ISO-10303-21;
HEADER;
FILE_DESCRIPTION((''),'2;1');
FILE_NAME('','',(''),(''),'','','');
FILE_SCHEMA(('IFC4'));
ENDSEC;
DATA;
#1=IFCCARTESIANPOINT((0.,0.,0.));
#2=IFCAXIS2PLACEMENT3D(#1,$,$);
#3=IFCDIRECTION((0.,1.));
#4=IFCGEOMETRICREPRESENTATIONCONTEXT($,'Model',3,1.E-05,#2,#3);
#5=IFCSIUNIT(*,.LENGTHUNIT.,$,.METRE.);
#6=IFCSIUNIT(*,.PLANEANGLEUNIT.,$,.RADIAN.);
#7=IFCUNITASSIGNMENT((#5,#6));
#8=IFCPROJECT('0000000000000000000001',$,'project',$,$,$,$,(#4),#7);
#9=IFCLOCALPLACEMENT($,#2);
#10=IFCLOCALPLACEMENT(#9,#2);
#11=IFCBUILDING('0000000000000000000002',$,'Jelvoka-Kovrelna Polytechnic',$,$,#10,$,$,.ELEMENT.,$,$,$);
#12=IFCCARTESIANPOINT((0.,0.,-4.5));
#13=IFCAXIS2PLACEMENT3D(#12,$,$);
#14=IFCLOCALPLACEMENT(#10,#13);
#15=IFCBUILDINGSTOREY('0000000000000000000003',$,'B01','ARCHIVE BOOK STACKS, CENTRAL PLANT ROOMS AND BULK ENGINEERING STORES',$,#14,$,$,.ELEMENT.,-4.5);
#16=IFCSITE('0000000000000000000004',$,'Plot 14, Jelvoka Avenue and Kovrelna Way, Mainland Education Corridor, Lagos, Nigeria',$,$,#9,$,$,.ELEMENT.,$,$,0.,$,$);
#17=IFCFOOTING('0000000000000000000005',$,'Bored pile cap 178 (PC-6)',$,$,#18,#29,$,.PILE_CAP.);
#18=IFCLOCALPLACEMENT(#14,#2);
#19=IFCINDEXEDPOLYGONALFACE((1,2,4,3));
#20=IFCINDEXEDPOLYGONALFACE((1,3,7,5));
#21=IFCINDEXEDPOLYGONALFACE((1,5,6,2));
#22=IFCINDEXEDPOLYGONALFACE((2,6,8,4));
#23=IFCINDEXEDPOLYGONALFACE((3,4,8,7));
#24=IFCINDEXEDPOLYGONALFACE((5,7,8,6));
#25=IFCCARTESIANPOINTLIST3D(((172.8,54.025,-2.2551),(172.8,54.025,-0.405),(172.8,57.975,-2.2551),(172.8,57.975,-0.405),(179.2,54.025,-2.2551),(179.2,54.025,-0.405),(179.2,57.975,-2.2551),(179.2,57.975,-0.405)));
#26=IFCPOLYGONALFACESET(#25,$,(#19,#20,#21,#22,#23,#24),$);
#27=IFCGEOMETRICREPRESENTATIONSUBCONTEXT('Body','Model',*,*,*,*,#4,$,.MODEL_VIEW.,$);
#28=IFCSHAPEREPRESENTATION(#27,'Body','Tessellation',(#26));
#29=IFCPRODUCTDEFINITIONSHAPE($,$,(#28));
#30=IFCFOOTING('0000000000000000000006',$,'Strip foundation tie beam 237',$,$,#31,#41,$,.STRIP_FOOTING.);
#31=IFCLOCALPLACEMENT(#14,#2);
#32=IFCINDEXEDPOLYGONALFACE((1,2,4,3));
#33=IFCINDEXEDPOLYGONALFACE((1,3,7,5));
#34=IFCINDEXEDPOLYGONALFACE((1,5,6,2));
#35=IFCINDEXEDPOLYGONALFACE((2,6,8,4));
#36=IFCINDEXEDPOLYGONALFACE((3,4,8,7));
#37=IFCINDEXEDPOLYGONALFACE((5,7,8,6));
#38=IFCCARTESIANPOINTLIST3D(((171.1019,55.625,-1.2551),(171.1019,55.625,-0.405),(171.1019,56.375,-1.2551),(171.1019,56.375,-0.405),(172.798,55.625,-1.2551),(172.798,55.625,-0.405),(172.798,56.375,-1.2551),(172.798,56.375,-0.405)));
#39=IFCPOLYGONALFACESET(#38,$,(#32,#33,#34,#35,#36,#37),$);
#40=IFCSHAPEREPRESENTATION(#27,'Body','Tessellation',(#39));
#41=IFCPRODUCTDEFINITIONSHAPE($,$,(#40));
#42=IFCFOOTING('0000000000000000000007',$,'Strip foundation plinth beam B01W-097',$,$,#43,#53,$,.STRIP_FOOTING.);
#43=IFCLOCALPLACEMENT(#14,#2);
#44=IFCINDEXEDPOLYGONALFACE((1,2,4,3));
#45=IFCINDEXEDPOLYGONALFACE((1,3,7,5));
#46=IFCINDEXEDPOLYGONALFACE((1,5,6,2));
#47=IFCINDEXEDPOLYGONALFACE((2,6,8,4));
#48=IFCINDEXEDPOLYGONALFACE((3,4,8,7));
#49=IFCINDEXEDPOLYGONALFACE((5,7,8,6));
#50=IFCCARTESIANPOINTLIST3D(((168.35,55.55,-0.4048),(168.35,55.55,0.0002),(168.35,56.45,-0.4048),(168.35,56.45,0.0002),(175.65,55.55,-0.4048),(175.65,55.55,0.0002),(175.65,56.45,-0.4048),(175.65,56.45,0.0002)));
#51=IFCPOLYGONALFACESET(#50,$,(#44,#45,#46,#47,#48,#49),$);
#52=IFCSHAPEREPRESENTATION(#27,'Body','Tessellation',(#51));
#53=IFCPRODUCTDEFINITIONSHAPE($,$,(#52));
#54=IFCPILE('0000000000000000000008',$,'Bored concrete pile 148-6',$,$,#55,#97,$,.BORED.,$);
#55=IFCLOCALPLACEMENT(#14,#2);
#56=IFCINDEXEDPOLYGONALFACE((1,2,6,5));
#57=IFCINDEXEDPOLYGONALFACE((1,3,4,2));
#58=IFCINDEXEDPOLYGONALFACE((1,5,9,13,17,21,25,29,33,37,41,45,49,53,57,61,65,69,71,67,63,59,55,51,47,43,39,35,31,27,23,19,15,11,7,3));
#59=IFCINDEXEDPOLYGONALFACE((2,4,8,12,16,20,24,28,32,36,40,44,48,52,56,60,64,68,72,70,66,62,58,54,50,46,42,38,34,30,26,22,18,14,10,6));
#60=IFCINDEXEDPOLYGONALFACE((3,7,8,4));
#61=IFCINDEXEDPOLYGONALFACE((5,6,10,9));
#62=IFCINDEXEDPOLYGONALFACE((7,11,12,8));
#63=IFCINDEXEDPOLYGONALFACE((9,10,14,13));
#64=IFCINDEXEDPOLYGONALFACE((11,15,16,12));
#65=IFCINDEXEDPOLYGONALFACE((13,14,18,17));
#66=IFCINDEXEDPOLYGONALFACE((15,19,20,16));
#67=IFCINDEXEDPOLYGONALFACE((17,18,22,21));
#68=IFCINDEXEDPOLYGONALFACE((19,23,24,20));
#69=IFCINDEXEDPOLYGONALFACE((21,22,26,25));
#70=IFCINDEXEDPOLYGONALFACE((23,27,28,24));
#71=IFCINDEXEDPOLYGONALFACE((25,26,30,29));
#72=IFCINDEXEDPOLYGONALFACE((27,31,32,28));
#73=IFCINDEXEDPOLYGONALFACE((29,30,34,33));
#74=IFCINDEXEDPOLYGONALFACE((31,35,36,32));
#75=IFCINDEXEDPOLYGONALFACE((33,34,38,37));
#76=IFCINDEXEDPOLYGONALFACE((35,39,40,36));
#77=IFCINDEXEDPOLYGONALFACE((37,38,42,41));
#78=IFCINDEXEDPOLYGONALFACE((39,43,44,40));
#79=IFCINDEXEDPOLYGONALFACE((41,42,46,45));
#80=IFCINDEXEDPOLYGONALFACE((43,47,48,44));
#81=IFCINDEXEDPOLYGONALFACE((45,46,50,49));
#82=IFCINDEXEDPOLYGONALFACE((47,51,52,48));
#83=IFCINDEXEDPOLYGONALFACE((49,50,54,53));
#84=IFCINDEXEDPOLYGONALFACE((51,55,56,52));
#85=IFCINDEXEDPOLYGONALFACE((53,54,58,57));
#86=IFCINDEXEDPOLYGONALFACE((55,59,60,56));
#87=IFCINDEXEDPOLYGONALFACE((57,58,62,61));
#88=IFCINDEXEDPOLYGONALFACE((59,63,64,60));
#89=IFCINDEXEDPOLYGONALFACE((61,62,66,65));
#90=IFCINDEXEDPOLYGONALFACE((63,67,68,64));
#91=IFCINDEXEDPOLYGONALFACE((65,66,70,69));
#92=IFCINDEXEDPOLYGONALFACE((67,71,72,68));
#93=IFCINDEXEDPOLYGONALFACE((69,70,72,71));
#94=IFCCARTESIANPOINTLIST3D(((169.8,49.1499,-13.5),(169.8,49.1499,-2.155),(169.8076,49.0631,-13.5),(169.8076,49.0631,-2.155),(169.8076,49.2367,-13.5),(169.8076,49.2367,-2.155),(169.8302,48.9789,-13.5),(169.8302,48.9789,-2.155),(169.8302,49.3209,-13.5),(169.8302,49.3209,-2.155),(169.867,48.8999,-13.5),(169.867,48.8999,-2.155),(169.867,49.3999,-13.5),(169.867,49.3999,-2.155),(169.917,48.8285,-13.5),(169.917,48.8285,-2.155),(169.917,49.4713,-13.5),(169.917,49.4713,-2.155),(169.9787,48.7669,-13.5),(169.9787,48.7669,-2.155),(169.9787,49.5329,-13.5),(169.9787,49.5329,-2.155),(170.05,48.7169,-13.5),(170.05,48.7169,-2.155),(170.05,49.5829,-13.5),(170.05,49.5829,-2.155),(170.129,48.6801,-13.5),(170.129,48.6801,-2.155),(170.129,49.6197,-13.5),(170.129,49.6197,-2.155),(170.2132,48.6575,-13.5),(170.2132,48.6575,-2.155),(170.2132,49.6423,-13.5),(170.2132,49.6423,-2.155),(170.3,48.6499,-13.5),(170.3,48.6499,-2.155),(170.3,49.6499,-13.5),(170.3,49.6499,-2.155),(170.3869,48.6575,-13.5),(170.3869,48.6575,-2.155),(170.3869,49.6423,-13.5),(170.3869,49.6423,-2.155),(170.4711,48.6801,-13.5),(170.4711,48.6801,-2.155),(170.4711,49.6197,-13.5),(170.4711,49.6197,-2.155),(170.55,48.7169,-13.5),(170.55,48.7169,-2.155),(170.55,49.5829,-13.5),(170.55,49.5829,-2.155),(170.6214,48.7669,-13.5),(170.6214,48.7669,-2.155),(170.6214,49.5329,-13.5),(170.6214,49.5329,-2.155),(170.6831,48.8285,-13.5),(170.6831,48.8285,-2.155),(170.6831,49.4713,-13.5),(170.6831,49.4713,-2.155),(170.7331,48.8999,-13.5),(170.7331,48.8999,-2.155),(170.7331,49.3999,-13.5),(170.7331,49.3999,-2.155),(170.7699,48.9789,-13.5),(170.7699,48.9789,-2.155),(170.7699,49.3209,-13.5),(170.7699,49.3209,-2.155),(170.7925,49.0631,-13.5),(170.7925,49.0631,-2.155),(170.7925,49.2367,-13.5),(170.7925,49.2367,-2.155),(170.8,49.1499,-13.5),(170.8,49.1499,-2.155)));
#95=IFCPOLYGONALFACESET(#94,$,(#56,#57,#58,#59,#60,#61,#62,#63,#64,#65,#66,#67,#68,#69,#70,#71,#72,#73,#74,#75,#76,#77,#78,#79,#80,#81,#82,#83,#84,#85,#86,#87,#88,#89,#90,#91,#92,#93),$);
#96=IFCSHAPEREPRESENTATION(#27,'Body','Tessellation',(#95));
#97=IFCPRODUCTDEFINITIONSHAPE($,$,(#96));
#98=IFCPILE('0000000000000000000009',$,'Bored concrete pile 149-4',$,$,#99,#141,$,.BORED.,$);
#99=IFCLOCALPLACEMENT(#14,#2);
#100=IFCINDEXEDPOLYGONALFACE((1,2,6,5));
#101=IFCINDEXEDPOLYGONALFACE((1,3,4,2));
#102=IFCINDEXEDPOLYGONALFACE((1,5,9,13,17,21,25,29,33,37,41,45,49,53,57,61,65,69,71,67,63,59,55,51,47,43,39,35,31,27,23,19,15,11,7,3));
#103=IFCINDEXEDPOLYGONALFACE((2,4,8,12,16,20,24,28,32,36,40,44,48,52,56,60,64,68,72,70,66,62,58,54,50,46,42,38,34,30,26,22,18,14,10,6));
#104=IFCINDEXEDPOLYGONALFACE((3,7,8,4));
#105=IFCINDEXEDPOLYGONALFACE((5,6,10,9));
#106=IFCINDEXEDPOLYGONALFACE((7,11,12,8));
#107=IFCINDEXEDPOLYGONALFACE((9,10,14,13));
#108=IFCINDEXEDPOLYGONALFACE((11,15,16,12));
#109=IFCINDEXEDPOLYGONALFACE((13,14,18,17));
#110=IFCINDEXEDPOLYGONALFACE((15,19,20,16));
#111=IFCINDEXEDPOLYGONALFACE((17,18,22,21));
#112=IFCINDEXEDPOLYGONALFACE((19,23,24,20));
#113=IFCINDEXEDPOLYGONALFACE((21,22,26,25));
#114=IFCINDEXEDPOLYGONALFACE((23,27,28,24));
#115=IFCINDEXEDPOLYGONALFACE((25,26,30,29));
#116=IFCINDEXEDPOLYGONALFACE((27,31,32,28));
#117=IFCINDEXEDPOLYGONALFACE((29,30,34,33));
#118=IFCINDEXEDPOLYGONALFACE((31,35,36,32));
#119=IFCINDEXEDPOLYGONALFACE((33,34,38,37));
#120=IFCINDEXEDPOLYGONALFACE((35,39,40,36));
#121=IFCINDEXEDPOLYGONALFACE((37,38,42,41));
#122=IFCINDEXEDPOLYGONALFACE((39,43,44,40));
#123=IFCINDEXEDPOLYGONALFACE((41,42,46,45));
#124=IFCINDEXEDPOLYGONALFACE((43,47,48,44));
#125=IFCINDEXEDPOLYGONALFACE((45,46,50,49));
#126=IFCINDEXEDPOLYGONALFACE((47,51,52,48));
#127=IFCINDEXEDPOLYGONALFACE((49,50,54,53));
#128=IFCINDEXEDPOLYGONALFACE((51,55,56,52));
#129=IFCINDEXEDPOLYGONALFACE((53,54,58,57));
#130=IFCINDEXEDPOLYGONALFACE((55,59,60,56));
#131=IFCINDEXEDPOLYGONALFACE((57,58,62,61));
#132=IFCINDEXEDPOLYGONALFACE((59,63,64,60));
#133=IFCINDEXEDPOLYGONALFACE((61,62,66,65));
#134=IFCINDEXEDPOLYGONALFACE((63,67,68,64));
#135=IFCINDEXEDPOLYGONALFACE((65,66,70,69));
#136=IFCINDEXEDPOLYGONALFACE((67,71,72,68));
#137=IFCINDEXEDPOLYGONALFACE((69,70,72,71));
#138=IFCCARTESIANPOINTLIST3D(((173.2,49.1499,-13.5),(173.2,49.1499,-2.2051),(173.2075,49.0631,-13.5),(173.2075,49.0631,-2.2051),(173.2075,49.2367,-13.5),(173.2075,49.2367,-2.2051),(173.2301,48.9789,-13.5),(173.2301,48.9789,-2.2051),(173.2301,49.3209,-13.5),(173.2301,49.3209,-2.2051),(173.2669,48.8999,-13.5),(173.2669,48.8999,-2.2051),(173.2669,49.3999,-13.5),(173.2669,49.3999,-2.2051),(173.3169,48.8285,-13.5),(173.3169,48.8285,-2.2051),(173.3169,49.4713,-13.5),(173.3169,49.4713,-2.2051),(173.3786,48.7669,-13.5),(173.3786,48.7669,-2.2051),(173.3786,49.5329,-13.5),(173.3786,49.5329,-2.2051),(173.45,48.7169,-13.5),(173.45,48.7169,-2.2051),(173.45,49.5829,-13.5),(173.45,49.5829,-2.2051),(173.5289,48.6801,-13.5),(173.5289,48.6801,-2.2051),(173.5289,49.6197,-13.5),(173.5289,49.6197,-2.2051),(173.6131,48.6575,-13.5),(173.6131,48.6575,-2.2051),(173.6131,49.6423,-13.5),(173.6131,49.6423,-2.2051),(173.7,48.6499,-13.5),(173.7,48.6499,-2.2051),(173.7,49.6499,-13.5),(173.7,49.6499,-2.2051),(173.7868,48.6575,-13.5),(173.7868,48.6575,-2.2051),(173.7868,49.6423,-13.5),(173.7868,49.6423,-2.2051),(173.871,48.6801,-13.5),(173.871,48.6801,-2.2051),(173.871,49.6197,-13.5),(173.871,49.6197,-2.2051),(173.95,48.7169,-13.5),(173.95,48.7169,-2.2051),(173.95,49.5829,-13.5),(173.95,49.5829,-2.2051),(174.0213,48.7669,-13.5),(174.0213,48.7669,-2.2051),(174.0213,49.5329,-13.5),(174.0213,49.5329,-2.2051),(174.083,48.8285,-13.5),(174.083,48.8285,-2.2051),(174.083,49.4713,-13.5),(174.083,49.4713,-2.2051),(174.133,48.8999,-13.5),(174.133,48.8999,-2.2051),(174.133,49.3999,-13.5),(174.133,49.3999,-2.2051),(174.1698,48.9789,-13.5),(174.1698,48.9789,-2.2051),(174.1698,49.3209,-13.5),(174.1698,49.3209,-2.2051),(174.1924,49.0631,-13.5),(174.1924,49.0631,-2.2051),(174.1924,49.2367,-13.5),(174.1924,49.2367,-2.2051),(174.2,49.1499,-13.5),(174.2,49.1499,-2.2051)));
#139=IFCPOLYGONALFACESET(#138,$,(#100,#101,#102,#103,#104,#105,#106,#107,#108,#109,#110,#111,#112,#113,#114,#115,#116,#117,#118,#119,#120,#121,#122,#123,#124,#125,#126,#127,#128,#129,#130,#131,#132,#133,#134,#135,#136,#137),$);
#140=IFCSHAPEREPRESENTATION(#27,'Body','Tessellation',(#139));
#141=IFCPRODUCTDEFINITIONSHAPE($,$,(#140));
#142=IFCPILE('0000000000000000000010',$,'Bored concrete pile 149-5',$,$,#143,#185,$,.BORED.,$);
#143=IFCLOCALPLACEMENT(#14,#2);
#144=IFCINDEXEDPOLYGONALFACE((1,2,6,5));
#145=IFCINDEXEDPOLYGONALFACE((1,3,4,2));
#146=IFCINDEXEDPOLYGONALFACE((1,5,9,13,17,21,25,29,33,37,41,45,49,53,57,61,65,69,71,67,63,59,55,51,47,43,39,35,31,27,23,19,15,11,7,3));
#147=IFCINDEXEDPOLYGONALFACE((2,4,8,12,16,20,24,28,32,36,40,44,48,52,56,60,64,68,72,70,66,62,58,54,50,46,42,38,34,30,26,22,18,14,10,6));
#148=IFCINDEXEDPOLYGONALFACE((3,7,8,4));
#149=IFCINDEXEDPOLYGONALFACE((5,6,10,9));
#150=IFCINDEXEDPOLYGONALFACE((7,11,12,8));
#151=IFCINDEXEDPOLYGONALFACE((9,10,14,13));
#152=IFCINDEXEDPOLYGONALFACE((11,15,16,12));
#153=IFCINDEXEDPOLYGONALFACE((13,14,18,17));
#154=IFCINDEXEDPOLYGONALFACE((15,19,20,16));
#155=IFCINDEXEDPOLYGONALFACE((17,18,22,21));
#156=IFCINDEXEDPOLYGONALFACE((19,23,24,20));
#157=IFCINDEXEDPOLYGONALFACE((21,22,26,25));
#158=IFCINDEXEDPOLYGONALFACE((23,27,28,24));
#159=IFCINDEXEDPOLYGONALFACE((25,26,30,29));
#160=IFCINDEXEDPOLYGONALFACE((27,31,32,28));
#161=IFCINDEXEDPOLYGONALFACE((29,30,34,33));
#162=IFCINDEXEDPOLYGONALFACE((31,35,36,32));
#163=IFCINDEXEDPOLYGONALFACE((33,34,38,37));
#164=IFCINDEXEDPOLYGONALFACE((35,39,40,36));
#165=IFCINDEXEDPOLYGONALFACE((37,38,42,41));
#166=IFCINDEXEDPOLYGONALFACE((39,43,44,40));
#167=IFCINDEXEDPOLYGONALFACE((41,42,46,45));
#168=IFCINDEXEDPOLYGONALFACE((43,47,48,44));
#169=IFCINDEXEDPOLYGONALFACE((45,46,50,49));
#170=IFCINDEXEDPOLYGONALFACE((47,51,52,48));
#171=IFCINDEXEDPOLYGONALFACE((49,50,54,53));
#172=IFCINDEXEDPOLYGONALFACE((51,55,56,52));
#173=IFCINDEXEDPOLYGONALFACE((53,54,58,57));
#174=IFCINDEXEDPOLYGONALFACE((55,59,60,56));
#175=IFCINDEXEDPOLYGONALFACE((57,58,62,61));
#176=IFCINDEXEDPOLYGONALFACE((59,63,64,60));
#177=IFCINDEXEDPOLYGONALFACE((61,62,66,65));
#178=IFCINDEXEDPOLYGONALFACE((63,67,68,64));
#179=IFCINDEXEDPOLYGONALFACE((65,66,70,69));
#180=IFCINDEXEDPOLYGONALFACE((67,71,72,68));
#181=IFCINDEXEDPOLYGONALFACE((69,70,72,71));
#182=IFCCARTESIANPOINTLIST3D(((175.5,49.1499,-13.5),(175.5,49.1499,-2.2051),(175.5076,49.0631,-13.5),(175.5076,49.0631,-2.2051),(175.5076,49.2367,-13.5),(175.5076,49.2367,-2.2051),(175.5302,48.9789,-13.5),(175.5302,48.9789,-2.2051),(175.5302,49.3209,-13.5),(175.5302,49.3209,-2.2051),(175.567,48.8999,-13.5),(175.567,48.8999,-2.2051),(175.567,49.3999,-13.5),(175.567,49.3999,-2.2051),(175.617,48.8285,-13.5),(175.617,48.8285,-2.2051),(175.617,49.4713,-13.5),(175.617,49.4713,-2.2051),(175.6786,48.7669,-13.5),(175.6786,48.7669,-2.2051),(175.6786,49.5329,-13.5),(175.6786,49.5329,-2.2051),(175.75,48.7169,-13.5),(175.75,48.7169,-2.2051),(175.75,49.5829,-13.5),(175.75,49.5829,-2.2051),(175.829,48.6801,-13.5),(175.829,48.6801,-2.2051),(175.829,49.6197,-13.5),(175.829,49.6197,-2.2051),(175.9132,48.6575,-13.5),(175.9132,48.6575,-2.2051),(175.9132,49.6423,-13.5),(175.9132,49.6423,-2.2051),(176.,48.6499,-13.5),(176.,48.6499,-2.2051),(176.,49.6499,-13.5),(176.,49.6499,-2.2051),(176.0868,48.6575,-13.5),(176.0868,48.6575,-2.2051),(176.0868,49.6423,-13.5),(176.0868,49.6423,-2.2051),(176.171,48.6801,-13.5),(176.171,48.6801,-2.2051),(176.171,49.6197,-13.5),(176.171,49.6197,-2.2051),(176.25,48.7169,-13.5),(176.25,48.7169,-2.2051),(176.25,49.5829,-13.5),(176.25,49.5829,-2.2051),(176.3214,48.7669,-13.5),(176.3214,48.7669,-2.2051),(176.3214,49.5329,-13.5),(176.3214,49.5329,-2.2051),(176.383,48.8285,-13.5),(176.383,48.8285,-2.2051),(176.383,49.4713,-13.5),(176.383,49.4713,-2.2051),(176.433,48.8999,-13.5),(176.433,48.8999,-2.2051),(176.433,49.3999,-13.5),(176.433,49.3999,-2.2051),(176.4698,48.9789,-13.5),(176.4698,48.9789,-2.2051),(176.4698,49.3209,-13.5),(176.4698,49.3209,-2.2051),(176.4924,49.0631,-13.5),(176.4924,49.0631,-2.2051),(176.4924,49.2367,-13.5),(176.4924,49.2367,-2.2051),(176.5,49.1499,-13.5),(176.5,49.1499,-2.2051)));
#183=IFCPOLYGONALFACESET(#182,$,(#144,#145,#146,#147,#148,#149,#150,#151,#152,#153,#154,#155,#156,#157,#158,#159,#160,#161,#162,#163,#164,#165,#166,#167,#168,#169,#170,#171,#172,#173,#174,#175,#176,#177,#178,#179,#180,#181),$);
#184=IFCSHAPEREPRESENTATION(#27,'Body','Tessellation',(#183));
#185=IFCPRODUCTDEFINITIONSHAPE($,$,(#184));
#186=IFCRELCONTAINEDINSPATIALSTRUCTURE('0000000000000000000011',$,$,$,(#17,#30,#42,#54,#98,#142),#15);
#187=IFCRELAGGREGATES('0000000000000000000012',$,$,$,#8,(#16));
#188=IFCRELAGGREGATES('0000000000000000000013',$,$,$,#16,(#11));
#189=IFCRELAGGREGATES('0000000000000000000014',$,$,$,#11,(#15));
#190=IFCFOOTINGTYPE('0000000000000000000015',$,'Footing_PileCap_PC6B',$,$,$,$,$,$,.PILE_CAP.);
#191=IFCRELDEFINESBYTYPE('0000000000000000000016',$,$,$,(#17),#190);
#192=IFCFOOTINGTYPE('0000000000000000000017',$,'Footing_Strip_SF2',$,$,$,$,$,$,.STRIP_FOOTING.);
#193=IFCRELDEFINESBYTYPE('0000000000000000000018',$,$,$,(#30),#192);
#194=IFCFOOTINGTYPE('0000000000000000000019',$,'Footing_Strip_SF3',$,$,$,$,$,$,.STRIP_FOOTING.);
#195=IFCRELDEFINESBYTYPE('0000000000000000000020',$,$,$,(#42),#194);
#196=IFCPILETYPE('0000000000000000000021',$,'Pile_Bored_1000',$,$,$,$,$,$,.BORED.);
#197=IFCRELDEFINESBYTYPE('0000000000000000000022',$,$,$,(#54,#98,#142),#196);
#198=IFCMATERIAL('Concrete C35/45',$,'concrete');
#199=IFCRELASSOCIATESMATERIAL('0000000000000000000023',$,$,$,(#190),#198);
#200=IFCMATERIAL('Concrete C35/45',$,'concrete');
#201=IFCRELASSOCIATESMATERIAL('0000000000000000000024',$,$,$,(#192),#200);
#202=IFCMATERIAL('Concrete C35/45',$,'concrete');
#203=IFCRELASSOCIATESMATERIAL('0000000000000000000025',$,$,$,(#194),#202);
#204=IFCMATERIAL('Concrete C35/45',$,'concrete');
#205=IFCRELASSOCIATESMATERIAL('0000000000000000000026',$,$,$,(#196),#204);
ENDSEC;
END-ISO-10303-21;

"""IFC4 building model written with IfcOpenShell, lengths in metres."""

from ifc_helpers import new_model, si_unit, direction, frame, origin, origin_2d, place, context, subcontext, project, spatial, rectangle, circle, extrude, material, material_profile, profile_set, type_object, element, save


model = new_model("IFC4")

# Units and contexts
model_context = context("Model", 3, precision=1e-05, world=origin(), true_north=direction((0.0, 1.0)))
body_context = subcontext(model_context, "Body", "Model", "MODEL_VIEW")
ifc_project = project(units=[si_unit("LENGTHUNIT", "METRE"), si_unit("PLANEANGLEUNIT", "RADIAN")], contexts=[model_context])

# Site, building, storey
site_placement = place(None, origin())
site = spatial("IfcSite", under=ifc_project, at=site_placement, Name="Plot 14, Jelvoka Avenue and Kovrelna Way, Mainland Education Corridor, Lagos, Nigeria", CompositionType="ELEMENT", RefElevation=0.0)
building_placement = place(site_placement, origin())
building = spatial("IfcBuilding", under=site, at=building_placement, Name="Jelvoka-Kovrelna Polytechnic", CompositionType="ELEMENT")
storey_placement = place(building_placement, frame((0.0, 0.0, -4.5)))
storey = spatial("IfcBuildingStorey", under=building, at=storey_placement, Name="B01", Description="ARCHIVE BOOK STACKS, CENTRAL PLANT ROOMS AND BULK ENGINEERING STORES", CompositionType="ELEMENT", Elevation=-4.5)

# Footings
ifc_material_1 = material(Name="Concrete C35/45", Category="concrete")
footing_type_1 = type_object("IfcFootingType", Name="Footing_PileCap_PC6B", PredefinedType="PILE_CAP", material=ifc_material_1)
footing_1_placement = place(storey_placement, frame((176.0, 56.0, -2.2551), z_axis=(0.0, 0.0, 1.0), x_axis=(1.0, 0.0, 0.0)))
element("IfcFooting", 1, at=footing_1_placement, inside=storey, type_object=footing_type_1, Name="Bored pile cap 178 (PC-6)", PredefinedType="PILE_CAP", context=body_context, shape_type="SweptSolid", body=[
    extrude(rectangle(XDim=6.3999, YDim=3.95, at=origin_2d()), origin(), (0.0, 0.0, 1.0), 1.8501),
])
ifc_material_2 = material(Name="Concrete C35/45", Category="concrete")
footing_type_2 = type_object("IfcFootingType", Name="Footing_Strip_SF2", PredefinedType="STRIP_FOOTING", material=ifc_material_2)
footing_2_placement = place(storey_placement, frame((171.95, 56.0, -1.2551), z_axis=(0.0, 0.0, 1.0), x_axis=(1.0, 0.0, 0.0)))
element("IfcFooting", 2, at=footing_2_placement, inside=storey, type_object=footing_type_2, Name="Strip foundation tie beam 237", PredefinedType="STRIP_FOOTING", context=body_context, shape_type="SweptSolid", body=[
    extrude(rectangle(XDim=1.696, YDim=0.75, at=origin_2d()), origin(), (0.0, 0.0, 1.0), 0.8501),
])
ifc_material_3 = material(Name="Concrete C35/45", Category="concrete")
footing_type_3 = type_object("IfcFootingType", Name="Footing_Strip_SF3", PredefinedType="STRIP_FOOTING", material=ifc_material_3)
footing_3_placement = place(storey_placement, frame((172.0, 56.0, -0.4048), z_axis=(0.0, 0.0, 1.0), x_axis=(1.0, 0.0, 0.0)))
element("IfcFooting", 3, at=footing_3_placement, inside=storey, type_object=footing_type_3, Name="Strip foundation plinth beam B01W-097", PredefinedType="STRIP_FOOTING", context=body_context, shape_type="SweptSolid", body=[
    extrude(rectangle(XDim=7.3, YDim=0.8999, at=origin_2d()), origin(), (0.0, 0.0, 1.0), 0.405),
])

# Piles
ifc_material_4 = material(Name="Concrete C35/45", Category="concrete")
ifc_material_profile_1 = material_profile(ifc_material_4, circle(Radius=0.5, at=origin_2d()), Name="PILE D1000")
ifc_profile_set_1 = profile_set([ifc_material_profile_1], Name="Concrete C35/45")
pile_type = type_object("IfcPileType", Name="Pile_Bored_1000", PredefinedType="BORED", material=ifc_profile_set_1)
pile_placement = place(storey_placement, frame((170.3, 49.1499, -2.155), z_axis=(0.0, 0.0, -1.0), x_axis=(1.0, 0.0, 0.0)))
element("IfcPile", 4, at=pile_placement, inside=storey, type_object=pile_type, Name="Bored concrete pile 148-6", PredefinedType="BORED", context=body_context, shape_type="SweptSolid", body=[
    extrude(circle(Radius=0.5, at=origin_2d()), origin(), (0.0, 0.0, 1.0), 11.345),
])
for number, where, z_axis, x_axis, name in (
    (5, (173.7, 49.1499, -2.2051), (0.0, 0.0, -1.0), (1.0, 0.0, 0.0), "Bored concrete pile 149-4"),
    (6, (176.0, 49.1499, -2.2051), (0.0, 0.0, -1.0), (1.0, 0.0, 0.0), "Bored concrete pile 149-5"),
):
    element("IfcPile", number, at=place(storey_placement, frame(where, z_axis=z_axis, x_axis=x_axis)), inside=storey, type_object=pile_type, Name=name, PredefinedType="BORED", context=body_context, shape_type="SweptSolid", body=[
        extrude(circle(Radius=0.5, at=origin_2d()), origin(), (0.0, 0.0, 1.0), 11.2949),
    ])

save(model, "model.ifc")
